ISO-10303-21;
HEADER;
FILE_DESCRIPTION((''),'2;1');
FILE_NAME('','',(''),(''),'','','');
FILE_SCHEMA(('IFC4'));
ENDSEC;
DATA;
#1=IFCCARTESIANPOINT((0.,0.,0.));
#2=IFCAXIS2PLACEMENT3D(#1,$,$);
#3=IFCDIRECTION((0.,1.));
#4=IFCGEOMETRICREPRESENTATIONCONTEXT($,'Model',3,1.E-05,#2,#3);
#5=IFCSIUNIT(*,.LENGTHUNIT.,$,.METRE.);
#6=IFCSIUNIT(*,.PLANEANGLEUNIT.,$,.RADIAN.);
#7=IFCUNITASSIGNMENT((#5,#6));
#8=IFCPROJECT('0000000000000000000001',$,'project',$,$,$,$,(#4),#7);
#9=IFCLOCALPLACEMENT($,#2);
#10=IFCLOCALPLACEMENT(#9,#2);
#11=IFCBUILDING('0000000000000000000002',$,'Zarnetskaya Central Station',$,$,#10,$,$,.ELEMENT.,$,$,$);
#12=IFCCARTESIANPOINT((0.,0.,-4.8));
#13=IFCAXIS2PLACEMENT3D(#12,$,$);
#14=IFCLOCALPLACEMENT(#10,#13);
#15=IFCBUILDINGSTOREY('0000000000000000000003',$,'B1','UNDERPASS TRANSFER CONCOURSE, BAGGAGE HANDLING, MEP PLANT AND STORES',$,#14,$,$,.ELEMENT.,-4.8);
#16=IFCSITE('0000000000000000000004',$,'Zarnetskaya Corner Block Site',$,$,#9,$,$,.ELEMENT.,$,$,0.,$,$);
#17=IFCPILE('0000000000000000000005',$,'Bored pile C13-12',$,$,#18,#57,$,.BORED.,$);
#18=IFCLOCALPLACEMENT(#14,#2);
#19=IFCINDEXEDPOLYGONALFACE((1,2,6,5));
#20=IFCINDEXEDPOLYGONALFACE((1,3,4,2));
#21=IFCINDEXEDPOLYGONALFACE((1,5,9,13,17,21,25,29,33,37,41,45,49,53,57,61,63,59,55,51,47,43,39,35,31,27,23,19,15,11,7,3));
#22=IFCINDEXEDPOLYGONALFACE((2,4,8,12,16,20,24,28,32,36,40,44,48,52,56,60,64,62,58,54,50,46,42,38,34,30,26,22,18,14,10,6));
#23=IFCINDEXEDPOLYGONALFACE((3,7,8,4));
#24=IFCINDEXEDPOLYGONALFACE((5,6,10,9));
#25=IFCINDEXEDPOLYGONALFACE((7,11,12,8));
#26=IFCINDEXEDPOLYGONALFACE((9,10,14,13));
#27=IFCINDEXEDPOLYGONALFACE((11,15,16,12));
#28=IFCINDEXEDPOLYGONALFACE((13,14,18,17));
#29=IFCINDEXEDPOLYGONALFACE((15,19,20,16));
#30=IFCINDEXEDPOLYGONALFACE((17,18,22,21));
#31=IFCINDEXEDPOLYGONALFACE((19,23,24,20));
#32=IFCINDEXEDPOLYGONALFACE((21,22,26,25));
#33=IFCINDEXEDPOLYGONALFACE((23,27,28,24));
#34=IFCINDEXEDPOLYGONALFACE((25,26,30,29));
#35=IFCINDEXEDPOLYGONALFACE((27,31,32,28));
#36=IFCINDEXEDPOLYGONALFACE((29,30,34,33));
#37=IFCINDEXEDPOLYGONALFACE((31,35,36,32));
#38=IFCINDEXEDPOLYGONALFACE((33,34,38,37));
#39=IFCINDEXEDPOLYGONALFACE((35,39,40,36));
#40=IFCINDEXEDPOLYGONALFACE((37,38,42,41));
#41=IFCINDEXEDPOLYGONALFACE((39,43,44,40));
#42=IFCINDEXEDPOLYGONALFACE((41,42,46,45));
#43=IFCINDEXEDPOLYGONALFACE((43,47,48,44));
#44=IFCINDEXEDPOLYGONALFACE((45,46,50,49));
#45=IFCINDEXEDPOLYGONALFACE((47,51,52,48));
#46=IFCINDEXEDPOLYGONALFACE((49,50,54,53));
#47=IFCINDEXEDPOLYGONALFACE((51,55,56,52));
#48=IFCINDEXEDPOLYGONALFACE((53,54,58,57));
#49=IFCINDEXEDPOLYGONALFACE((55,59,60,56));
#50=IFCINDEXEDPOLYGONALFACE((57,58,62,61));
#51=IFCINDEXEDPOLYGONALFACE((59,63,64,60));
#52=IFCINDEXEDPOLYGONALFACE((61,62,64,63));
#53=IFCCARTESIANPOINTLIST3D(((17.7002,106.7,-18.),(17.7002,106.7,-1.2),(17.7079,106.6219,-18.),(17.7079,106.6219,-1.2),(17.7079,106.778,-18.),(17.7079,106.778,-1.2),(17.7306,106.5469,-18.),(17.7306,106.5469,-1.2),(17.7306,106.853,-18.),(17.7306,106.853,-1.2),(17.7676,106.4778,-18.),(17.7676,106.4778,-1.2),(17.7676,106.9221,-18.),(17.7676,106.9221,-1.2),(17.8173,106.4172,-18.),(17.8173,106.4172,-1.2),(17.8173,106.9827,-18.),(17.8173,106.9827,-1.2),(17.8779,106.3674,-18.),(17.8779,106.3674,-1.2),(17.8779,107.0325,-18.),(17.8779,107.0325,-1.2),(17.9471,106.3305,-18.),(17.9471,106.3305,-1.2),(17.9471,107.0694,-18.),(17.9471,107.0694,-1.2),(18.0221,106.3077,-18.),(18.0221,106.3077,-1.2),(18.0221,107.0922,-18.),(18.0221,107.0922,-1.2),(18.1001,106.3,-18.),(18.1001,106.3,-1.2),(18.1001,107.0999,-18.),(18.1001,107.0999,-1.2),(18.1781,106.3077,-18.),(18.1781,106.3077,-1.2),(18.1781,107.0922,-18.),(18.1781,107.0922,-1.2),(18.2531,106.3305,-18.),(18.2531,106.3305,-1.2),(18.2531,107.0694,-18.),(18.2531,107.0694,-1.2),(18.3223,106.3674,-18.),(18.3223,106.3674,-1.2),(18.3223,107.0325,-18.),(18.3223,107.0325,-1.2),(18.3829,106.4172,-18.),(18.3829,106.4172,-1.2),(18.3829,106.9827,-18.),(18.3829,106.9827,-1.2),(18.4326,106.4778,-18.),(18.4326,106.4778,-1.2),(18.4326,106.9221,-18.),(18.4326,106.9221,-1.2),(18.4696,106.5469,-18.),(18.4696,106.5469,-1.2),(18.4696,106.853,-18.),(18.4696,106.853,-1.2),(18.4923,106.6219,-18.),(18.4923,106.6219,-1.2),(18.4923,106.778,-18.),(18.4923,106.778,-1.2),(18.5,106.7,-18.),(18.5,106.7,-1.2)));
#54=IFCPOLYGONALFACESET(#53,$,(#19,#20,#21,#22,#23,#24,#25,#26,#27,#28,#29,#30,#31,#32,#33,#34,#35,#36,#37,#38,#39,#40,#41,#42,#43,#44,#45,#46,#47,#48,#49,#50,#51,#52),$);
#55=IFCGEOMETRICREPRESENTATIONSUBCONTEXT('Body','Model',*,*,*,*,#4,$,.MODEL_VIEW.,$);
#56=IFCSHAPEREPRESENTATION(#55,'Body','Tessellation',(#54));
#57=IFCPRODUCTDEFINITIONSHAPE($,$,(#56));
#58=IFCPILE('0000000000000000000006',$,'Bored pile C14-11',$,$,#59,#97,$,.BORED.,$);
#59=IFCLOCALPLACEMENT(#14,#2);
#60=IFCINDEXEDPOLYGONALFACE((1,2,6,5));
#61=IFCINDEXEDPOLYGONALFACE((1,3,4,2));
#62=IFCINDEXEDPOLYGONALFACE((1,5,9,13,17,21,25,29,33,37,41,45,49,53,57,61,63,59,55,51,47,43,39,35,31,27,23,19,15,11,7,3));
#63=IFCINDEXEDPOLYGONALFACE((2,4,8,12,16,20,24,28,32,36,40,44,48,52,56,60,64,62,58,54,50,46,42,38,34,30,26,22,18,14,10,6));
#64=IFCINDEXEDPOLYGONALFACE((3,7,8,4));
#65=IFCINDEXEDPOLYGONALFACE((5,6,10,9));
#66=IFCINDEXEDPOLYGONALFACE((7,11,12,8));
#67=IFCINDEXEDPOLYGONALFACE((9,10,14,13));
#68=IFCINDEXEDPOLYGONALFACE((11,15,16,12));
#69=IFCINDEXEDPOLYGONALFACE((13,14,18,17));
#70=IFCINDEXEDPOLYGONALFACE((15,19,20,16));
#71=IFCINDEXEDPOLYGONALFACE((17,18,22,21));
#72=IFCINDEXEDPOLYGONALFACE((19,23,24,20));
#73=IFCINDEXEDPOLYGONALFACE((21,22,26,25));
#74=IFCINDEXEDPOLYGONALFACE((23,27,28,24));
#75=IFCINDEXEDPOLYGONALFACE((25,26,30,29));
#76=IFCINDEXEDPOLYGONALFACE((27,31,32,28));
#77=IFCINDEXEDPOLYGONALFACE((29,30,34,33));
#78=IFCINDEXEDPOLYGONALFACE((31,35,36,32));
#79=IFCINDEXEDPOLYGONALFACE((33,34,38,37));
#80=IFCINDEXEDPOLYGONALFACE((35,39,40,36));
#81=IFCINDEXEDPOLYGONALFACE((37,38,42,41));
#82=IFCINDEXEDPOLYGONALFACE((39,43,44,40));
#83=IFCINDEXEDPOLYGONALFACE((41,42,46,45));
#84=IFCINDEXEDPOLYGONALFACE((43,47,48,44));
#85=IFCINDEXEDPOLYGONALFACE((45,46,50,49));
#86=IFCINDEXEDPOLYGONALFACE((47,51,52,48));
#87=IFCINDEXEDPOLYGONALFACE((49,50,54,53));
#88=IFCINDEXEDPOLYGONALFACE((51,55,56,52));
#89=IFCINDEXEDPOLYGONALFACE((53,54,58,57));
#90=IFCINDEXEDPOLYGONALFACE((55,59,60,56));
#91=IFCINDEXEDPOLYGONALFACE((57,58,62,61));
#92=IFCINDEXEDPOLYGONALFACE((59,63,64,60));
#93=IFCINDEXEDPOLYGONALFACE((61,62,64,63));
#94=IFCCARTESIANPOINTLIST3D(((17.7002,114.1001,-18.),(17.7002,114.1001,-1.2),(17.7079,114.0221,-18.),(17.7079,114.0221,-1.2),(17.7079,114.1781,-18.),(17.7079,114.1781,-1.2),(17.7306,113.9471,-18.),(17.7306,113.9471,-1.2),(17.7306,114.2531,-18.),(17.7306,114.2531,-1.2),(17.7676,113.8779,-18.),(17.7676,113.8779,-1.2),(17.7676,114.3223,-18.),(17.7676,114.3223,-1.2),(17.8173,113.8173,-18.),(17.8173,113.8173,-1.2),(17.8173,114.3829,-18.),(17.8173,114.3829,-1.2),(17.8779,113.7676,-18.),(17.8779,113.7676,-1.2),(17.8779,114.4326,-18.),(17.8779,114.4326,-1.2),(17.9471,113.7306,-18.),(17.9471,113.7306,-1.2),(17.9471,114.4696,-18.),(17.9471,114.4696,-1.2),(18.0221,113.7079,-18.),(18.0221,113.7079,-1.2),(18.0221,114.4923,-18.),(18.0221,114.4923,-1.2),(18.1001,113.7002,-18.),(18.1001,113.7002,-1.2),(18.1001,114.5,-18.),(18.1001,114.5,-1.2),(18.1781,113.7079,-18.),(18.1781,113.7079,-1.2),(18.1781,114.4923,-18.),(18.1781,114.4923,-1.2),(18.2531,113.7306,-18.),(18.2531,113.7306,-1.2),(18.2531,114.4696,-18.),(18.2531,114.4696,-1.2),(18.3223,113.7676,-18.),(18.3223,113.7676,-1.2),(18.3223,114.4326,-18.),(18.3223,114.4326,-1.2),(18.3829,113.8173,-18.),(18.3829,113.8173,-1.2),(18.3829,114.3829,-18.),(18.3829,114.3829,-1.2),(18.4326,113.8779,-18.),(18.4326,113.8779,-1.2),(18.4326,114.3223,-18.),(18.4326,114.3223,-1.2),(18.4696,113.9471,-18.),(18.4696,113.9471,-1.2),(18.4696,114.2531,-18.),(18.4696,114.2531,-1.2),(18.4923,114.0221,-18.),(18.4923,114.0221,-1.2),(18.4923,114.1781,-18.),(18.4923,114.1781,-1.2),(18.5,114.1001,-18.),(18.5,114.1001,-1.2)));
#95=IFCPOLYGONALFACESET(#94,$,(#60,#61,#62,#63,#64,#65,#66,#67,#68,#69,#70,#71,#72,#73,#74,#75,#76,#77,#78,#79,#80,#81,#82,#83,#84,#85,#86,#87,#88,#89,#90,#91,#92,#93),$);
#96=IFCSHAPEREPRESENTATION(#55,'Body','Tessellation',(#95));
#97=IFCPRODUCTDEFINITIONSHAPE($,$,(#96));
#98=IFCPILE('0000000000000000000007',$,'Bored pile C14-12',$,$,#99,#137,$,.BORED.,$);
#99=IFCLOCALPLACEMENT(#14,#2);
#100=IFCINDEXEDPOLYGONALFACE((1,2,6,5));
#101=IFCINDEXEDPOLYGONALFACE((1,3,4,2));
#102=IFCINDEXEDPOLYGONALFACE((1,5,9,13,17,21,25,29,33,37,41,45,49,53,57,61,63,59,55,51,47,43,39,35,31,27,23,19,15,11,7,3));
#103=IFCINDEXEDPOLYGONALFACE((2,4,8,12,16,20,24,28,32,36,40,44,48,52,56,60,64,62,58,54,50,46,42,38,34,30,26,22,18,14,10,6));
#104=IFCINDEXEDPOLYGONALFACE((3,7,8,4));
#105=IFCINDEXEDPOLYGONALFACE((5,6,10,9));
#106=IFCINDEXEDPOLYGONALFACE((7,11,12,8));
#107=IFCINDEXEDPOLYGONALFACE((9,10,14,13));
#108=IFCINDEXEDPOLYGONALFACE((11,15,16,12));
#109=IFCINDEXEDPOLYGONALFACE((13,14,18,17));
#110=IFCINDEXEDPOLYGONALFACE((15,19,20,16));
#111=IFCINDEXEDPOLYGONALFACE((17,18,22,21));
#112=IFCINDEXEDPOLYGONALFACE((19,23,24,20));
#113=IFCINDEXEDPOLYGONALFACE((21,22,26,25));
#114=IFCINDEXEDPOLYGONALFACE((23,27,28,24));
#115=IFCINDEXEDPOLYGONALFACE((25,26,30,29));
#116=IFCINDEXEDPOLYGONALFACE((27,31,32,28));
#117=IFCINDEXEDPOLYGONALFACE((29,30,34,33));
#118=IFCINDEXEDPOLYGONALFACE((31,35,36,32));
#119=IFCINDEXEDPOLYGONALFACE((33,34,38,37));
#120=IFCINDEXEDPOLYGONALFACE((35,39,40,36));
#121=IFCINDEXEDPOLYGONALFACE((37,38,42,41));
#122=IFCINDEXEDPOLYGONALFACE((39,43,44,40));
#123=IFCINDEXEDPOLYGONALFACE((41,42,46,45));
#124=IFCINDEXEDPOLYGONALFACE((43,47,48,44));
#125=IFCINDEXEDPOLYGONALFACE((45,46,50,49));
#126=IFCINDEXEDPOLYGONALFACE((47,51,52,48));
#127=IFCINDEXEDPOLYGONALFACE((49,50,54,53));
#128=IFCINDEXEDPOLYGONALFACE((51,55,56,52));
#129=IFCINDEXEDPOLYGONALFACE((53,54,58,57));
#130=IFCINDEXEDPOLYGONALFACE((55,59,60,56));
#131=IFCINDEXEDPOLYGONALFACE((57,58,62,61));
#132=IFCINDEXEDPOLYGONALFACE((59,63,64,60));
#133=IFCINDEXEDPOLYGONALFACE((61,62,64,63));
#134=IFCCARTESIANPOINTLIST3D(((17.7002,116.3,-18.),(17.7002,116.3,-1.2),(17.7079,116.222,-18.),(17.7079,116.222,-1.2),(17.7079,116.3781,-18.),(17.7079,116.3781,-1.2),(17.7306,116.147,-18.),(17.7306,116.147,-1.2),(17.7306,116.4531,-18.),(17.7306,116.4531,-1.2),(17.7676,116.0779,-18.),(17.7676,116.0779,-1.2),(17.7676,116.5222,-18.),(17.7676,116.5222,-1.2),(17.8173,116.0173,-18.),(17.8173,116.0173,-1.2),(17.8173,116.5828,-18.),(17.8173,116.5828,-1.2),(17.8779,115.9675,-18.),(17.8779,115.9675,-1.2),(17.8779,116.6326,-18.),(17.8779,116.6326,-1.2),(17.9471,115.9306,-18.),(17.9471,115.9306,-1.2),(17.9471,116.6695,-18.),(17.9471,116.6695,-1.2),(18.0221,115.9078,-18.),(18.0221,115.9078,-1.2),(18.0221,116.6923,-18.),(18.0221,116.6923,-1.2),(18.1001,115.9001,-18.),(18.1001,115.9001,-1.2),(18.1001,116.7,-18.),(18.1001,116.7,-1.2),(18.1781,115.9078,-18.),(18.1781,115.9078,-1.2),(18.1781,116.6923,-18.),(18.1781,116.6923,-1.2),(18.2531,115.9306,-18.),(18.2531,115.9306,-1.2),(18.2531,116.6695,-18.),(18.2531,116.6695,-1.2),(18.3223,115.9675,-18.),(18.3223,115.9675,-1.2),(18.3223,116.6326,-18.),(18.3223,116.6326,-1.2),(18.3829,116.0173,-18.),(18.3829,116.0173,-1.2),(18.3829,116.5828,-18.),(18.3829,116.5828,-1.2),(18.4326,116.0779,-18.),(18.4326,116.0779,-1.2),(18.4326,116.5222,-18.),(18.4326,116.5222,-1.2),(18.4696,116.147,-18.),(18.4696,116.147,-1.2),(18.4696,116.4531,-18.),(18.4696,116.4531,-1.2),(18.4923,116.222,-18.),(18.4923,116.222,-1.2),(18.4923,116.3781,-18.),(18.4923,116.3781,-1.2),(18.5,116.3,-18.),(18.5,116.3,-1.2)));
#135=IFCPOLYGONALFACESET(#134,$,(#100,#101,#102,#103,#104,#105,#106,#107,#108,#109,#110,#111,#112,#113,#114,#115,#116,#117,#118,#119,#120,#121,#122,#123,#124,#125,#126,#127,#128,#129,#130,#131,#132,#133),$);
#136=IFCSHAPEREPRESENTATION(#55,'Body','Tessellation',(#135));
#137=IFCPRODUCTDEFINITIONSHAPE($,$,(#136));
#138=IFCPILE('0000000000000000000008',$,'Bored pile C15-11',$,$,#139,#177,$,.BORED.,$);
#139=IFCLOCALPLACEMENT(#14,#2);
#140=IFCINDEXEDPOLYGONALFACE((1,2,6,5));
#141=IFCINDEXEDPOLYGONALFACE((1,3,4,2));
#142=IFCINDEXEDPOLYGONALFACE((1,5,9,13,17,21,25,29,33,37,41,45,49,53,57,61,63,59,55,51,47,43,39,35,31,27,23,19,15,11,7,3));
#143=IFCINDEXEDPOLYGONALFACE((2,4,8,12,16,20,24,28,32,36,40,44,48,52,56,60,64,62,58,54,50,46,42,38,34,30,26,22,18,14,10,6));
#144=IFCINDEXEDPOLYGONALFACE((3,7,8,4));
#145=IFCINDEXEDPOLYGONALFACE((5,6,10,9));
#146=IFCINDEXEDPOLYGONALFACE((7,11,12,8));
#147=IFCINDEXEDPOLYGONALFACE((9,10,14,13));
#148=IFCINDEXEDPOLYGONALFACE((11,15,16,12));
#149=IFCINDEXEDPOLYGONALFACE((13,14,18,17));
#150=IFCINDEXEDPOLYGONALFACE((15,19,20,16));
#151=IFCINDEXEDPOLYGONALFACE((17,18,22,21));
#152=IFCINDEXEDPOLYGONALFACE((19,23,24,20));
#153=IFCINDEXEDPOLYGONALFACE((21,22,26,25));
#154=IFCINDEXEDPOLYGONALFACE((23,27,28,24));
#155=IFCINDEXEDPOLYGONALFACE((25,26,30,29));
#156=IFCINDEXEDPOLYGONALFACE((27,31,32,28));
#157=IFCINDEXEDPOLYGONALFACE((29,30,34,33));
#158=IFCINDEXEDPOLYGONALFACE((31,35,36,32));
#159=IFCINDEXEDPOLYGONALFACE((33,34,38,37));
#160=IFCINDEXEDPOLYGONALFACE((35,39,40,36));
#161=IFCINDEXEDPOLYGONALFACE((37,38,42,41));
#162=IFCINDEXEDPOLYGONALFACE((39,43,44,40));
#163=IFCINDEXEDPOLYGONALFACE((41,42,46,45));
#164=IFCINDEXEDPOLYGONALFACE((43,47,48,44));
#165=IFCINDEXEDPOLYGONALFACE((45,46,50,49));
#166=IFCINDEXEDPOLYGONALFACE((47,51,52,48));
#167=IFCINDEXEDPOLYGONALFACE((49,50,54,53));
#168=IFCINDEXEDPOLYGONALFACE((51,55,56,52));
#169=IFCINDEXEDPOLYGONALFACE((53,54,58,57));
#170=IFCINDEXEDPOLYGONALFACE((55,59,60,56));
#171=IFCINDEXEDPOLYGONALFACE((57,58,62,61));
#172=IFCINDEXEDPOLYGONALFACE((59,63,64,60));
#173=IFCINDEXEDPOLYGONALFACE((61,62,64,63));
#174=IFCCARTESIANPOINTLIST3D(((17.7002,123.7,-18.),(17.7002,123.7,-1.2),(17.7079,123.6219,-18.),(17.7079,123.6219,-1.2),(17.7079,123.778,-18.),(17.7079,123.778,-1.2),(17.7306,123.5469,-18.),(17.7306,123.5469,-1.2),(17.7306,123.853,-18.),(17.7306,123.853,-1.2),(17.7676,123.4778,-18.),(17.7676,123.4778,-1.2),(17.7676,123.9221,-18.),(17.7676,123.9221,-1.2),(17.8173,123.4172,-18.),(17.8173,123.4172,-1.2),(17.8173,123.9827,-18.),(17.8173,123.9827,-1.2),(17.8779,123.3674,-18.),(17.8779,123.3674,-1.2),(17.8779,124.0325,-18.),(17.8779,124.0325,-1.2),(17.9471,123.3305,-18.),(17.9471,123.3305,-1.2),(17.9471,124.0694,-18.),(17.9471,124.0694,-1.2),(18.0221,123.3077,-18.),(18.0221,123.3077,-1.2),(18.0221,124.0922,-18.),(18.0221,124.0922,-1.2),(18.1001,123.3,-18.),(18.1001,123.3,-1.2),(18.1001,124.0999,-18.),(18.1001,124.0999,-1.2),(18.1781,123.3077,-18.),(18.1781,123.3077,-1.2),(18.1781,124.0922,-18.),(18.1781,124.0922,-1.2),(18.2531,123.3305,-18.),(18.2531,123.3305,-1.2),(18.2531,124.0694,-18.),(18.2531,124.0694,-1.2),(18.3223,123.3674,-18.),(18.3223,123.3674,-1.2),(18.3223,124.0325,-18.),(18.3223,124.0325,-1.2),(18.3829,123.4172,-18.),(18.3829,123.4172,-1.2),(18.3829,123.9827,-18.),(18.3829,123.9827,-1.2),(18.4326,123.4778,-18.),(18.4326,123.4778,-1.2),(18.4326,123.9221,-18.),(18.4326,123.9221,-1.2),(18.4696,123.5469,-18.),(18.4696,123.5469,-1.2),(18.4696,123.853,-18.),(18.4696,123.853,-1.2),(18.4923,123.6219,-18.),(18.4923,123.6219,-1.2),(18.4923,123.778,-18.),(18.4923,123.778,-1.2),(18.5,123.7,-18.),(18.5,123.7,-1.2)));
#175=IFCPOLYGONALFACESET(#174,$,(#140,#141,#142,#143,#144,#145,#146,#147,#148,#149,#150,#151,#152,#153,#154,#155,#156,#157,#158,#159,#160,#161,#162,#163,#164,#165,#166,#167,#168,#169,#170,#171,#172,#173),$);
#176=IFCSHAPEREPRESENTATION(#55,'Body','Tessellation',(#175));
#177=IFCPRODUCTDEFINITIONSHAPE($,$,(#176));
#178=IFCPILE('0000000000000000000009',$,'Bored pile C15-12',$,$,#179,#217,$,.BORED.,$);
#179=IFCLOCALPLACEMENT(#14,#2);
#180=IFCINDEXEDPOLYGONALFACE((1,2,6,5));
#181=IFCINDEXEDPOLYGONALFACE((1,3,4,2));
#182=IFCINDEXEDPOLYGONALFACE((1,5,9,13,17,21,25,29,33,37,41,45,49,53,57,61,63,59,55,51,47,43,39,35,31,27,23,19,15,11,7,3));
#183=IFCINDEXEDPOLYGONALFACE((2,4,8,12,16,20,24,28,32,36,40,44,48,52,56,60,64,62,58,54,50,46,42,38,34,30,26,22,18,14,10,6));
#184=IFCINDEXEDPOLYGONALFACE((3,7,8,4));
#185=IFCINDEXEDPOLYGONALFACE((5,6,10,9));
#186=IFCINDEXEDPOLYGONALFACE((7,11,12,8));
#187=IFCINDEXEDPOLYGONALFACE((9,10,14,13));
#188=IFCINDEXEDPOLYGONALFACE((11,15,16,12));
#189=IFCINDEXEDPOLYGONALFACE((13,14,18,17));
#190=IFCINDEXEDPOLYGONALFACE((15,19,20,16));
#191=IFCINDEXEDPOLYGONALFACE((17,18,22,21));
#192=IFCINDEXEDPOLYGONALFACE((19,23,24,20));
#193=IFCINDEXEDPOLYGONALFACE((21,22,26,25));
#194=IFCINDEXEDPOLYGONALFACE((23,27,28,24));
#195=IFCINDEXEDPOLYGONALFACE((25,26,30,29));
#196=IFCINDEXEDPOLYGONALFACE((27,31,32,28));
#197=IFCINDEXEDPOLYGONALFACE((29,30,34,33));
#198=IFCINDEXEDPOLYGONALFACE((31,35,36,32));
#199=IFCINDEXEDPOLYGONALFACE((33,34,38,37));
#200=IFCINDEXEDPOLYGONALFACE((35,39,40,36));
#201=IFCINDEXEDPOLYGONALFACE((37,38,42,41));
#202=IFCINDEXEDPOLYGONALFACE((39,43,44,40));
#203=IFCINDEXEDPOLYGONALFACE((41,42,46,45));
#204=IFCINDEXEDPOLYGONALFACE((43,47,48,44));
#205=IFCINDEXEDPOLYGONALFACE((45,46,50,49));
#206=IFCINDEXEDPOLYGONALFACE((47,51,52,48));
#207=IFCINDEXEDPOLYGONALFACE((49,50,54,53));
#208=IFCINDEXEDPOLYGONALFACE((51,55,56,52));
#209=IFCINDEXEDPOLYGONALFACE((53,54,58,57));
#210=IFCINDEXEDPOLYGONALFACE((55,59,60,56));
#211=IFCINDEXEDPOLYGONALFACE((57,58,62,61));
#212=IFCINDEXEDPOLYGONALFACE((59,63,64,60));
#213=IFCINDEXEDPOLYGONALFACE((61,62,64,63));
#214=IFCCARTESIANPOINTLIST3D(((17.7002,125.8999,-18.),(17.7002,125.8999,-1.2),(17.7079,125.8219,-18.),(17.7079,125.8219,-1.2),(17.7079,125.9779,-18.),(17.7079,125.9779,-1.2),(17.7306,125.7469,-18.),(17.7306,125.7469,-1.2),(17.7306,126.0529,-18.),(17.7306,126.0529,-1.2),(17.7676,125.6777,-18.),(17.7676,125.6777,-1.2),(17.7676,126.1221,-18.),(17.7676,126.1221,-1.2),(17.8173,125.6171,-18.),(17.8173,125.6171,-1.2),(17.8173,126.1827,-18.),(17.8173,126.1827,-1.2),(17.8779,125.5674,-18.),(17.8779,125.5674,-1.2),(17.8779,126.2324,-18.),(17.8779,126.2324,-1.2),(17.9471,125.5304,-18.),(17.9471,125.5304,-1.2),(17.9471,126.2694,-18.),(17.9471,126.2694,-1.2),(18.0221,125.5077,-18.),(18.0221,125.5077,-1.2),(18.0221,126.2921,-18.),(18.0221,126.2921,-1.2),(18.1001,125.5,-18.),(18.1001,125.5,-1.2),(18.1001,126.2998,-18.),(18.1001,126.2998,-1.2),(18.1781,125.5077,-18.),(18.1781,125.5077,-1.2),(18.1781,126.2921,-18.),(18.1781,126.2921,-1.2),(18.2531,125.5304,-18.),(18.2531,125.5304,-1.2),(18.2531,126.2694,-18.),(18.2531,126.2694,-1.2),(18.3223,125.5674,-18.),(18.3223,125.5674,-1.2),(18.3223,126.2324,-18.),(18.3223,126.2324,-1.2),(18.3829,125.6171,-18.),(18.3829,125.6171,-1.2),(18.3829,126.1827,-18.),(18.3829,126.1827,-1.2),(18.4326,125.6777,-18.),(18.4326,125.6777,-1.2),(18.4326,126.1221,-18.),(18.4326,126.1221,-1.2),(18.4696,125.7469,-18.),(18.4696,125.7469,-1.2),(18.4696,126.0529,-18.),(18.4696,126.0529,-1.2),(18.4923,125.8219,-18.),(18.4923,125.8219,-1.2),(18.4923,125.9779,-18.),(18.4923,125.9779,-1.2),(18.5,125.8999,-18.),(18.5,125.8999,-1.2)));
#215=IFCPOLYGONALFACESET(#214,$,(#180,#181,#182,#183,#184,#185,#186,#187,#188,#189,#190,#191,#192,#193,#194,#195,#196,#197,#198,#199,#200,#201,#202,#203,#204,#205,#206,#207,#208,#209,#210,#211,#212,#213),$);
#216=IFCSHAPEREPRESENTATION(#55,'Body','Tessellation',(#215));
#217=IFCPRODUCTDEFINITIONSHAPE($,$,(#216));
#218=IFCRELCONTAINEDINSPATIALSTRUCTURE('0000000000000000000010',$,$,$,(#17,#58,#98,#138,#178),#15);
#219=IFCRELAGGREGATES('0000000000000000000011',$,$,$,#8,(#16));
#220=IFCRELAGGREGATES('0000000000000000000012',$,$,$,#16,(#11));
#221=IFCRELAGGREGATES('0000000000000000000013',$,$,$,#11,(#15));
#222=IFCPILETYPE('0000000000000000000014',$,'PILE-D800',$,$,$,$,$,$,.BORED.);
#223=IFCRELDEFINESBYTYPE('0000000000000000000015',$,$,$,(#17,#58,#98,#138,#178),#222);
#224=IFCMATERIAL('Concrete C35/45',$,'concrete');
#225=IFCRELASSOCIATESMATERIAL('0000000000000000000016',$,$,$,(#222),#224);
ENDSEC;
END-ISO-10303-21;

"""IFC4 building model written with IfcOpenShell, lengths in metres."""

from ifc_helpers import new_model, si_unit, direction, frame, origin, origin_2d, place, context, subcontext, project, spatial, circle, extrude, material, material_profile, profile_set, type_object, element, save


model = new_model("IFC4")

# Units and contexts
model_context = context("Model", 3, precision=1e-05, world=origin(), true_north=direction((0.0, 1.0)))
body_context = subcontext(model_context, "Body", "Model", "MODEL_VIEW")
ifc_project = project(units=[si_unit("LENGTHUNIT", "METRE"), si_unit("PLANEANGLEUNIT", "RADIAN")], contexts=[model_context])

# Site, building, storey
site_placement = place(None, origin())
site = spatial("IfcSite", under=ifc_project, at=site_placement, Name="Zarnetskaya Corner Block Site", CompositionType="ELEMENT", RefElevation=0.0)
building_placement = place(site_placement, origin())
building = spatial("IfcBuilding", under=site, at=building_placement, Name="Zarnetskaya Central Station", CompositionType="ELEMENT")
storey_placement = place(building_placement, frame((0.0, 0.0, -4.8)))
storey = spatial("IfcBuildingStorey", under=building, at=storey_placement, Name="B1", Description="UNDERPASS TRANSFER CONCOURSE, BAGGAGE HANDLING, MEP PLANT AND STORES", CompositionType="ELEMENT", Elevation=-4.8)

# Shared definitions
ifc_material = material(Name="Concrete C35/45", Category="concrete")

# Piles
ifc_material_profile_1 = material_profile(ifc_material, circle(Radius=0.3999, at=origin_2d()), Name="BORED PILE D800")
ifc_profile_set_1 = profile_set([ifc_material_profile_1], Name="Concrete C35/45")
pile_type = type_object("IfcPileType", Name="PILE-D800", PredefinedType="BORED", material=ifc_profile_set_1)
for number, where, z_axis, x_axis, name in (
    (1, (18.1001, 106.7, -1.2), (0.0, 0.0, -1.0), (1.0, 0.0, 0.0), "Bored pile C13-12"),
    (2, (18.1001, 114.1001, -1.2), (0.0, 0.0, -1.0), (1.0, 0.0, 0.0), "Bored pile C14-11"),
    (3, (18.1001, 116.3, -1.2), (0.0, 0.0, -1.0), (1.0, 0.0, 0.0), "Bored pile C14-12"),
    (4, (18.1001, 123.7, -1.2), (0.0, 0.0, -1.0), (1.0, 0.0, 0.0), "Bored pile C15-11"),
    (5, (18.1001, 125.8999, -1.2), (0.0, 0.0, -1.0), (1.0, 0.0, 0.0), "Bored pile C15-12"),
):
    element("IfcPile", number, at=place(storey_placement, frame(where, z_axis=z_axis, x_axis=x_axis)), inside=storey, type_object=pile_type, Name=name, PredefinedType="BORED", context=body_context, shape_type="SweptSolid", body=[
        extrude(circle(Radius=0.3999, at=origin_2d()), origin(), (0.0, 0.0, 1.0), 16.8),
    ])

save(model, "model.ifc")
